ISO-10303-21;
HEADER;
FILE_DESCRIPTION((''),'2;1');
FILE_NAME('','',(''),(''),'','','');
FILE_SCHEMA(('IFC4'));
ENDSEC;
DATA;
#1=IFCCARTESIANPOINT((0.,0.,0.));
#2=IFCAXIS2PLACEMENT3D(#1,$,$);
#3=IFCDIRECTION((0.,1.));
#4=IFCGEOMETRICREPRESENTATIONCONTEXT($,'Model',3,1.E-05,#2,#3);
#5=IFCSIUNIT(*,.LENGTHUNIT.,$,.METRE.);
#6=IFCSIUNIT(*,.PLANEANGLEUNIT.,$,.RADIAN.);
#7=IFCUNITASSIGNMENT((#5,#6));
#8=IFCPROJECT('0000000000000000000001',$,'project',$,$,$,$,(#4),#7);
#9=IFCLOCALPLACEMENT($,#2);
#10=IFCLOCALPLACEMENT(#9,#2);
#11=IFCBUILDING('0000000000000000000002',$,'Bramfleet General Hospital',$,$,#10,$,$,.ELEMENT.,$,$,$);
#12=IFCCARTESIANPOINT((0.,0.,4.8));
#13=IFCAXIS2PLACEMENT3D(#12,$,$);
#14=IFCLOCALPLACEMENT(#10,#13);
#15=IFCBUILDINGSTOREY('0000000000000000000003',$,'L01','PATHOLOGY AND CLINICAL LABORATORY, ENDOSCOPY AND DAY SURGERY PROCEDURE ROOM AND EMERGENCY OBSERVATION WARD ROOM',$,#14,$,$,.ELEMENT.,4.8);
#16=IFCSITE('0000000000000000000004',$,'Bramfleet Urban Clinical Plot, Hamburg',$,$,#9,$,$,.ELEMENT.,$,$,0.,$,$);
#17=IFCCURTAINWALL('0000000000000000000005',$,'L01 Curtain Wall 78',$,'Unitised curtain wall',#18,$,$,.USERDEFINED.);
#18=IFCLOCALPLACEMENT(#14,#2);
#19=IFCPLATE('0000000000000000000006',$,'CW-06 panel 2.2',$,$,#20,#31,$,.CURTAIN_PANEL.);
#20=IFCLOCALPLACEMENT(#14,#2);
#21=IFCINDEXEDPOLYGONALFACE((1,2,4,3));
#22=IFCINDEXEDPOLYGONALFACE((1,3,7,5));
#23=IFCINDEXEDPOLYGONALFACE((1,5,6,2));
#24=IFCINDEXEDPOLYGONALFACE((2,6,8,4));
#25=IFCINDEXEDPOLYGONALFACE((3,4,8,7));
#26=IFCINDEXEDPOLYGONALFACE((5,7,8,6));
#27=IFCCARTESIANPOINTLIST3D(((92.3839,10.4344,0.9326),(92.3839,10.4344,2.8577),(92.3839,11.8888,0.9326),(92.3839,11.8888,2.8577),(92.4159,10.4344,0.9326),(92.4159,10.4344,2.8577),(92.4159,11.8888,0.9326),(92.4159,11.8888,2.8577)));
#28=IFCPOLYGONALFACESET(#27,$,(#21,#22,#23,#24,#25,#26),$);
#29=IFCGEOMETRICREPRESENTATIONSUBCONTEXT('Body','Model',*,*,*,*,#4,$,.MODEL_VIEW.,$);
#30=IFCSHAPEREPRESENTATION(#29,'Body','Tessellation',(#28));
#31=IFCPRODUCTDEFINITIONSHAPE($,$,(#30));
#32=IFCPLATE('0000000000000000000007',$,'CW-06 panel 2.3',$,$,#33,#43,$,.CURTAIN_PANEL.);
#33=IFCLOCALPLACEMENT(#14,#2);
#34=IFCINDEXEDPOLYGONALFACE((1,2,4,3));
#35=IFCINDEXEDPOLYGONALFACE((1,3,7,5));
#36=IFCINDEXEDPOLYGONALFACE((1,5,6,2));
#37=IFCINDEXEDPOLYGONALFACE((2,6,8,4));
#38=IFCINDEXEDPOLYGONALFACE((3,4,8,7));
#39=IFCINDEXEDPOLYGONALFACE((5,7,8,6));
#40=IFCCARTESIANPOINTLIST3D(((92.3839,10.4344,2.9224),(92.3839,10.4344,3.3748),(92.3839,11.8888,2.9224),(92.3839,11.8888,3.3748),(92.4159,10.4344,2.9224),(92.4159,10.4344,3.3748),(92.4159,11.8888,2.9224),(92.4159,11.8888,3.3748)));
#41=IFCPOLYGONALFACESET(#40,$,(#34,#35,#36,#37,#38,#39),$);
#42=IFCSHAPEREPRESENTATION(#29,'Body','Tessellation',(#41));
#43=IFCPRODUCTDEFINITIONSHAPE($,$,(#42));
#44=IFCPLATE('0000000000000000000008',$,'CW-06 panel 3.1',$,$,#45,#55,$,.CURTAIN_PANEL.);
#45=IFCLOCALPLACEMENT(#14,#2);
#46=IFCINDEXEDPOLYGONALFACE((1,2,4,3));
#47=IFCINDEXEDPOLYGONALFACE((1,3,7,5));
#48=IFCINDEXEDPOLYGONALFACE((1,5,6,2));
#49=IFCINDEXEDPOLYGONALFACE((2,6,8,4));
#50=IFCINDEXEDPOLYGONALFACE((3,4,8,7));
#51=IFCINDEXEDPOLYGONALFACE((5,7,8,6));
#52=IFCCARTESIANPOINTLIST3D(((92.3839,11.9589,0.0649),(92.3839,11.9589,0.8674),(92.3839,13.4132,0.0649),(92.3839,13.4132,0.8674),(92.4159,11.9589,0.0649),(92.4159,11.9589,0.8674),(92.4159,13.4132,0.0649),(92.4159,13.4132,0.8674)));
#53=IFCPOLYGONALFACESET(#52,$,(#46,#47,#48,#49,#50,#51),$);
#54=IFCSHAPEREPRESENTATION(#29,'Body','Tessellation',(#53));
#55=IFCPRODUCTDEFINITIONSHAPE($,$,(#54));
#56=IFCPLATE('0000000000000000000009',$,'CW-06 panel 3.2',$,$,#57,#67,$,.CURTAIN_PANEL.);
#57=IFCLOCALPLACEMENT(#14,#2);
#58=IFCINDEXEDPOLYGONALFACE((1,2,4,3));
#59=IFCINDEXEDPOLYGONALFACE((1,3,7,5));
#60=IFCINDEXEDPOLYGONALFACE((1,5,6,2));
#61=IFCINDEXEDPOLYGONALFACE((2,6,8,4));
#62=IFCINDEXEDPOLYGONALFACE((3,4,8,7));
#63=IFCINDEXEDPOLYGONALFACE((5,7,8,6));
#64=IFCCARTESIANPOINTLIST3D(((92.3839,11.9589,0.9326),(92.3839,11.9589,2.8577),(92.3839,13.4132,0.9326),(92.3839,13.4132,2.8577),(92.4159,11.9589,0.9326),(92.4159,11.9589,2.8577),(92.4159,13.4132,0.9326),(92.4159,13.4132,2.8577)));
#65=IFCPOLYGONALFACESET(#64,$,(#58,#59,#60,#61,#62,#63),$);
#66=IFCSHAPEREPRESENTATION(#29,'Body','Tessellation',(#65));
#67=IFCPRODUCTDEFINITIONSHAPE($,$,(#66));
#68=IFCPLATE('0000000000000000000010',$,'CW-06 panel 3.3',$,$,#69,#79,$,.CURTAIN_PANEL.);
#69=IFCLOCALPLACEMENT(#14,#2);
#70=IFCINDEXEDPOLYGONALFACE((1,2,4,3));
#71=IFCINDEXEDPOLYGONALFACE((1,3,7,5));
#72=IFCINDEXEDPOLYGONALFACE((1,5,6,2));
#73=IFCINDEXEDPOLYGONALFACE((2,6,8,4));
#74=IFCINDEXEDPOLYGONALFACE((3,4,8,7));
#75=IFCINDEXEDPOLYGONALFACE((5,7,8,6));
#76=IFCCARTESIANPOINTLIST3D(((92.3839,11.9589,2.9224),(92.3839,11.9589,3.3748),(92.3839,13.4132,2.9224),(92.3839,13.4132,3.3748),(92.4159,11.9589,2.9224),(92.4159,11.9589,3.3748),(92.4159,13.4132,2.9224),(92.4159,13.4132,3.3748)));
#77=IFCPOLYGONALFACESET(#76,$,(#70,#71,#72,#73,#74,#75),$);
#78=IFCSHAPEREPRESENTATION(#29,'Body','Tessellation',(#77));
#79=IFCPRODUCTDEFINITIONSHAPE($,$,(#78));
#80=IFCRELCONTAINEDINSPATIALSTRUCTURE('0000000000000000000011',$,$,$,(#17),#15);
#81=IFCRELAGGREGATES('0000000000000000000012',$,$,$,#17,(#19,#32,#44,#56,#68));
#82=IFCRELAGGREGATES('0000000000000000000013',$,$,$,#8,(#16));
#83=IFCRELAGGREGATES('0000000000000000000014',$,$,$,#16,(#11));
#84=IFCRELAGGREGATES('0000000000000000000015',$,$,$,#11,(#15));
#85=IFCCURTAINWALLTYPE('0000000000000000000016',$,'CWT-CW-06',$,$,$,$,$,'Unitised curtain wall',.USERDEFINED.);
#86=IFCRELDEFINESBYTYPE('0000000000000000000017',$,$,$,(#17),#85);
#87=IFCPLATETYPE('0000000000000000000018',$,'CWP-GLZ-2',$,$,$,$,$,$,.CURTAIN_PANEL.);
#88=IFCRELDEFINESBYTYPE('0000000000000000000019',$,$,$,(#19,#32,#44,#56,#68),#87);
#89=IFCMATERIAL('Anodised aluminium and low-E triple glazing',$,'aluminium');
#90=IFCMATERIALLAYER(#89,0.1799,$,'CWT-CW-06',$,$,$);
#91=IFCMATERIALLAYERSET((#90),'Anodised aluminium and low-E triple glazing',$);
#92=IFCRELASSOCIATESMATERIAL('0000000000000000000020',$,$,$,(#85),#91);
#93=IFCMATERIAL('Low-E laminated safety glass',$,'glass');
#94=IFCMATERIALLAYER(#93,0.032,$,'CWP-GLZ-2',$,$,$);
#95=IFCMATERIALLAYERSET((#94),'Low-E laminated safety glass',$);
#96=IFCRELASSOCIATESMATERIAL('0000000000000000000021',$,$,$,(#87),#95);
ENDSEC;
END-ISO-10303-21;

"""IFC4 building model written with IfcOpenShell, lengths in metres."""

from ifc_helpers import new_model, si_unit, direction, frame, origin, origin_2d, place, context, subcontext, project, spatial, rectangle, extrude, material, layer, layer_set, type_object, element, aggregate, save


model = new_model("IFC4")

# Units and contexts
model_context = context("Model", 3, precision=1e-05, world=origin(), true_north=direction((0.0, 1.0)))
body_context = subcontext(model_context, "Body", "Model", "MODEL_VIEW")
ifc_project = project(units=[si_unit("LENGTHUNIT", "METRE"), si_unit("PLANEANGLEUNIT", "RADIAN")], contexts=[model_context])

# Site, building, storey
site_placement = place(None, origin())
site = spatial("IfcSite", under=ifc_project, at=site_placement, Name="Bramfleet Urban Clinical Plot, Hamburg", CompositionType="ELEMENT", RefElevation=0.0)
building_placement = place(site_placement, origin())
building = spatial("IfcBuilding", under=site, at=building_placement, Name="Bramfleet General Hospital", CompositionType="ELEMENT")
storey_placement = place(building_placement, frame((0.0, 0.0, 4.8)))
storey = spatial("IfcBuildingStorey", under=building, at=storey_placement, Name="L01", Description="PATHOLOGY AND CLINICAL LABORATORY, ENDOSCOPY AND DAY SURGERY PROCEDURE ROOM AND EMERGENCY OBSERVATION WARD ROOM", CompositionType="ELEMENT", Elevation=4.8)

# Curtain wall, plates
ifc_material_1 = material(Name="Anodised aluminium and low-E triple glazing", Category="aluminium")
ifc_layer_1 = layer(ifc_material_1, 0.1799, Name="CWT-CW-06")
ifc_layer_set_1 = layer_set([ifc_layer_1], Name="Anodised aluminium and low-E triple glazing")
curtain_wall_type = type_object("IfcCurtainWallType", Name="CWT-CW-06", ElementType="Unitised curtain wall", PredefinedType="USERDEFINED", material=ifc_layer_set_1)
curtain_wall_placement = place(storey_placement, origin())
curtain_wall = element("IfcCurtainWall", 1, at=curtain_wall_placement, inside=storey, type_object=curtain_wall_type, Name="L01 Curtain Wall 78", ObjectType="Unitised curtain wall", PredefinedType="USERDEFINED")
ifc_material_2 = material(Name="Low-E laminated safety glass", Category="glass")
ifc_layer_2 = layer(ifc_material_2, 0.032, Name="CWP-GLZ-2")
ifc_layer_set_2 = layer_set([ifc_layer_2], Name="Low-E laminated safety glass")
plate_type = type_object("IfcPlateType", Name="CWP-GLZ-2", PredefinedType="CURTAIN_PANEL", material=ifc_layer_set_2)
plate_1_placement = place(storey_placement, frame((92.3999, 11.1616, 0.9326), z_axis=(0.0, 0.0, 1.0), x_axis=(0.0, 1.0, 0.0)))
plate_1 = element("IfcPlate", 2, at=plate_1_placement, type_object=plate_type, Name="CW-06 panel 2.2", PredefinedType="CURTAIN_PANEL", context=body_context, shape_type="SweptSolid", body=[
    extrude(rectangle(XDim=1.4543, YDim=0.032, at=origin_2d()), origin(), (0.0, 0.0, 1.0), 1.925),
])
plate_2_placement = place(storey_placement, frame((92.3999, 11.1616, 2.9224), z_axis=(0.0, 0.0, 1.0), x_axis=(0.0, 1.0, 0.0)))
plate_2 = element("IfcPlate", 3, at=plate_2_placement, type_object=plate_type, Name="CW-06 panel 2.3", PredefinedType="CURTAIN_PANEL", context=body_context, shape_type="SweptSolid", body=[
    extrude(rectangle(XDim=1.4543, YDim=0.032, at=origin_2d()), origin(), (0.0, 0.0, 1.0), 0.4524),
])
plate_3_placement = place(storey_placement, frame((92.3999, 12.686, 0.0649), z_axis=(0.0, 0.0, 1.0), x_axis=(0.0, 1.0, 0.0)))
plate_3 = element("IfcPlate", 4, at=plate_3_placement, type_object=plate_type, Name="CW-06 panel 3.1", PredefinedType="CURTAIN_PANEL", context=body_context, shape_type="SweptSolid", body=[
    extrude(rectangle(XDim=1.4543, YDim=0.032, at=origin_2d()), origin(), (0.0, 0.0, 1.0), 0.8025),
])
plate_4_placement = place(storey_placement, frame((92.3999, 12.686, 0.9326), z_axis=(0.0, 0.0, 1.0), x_axis=(0.0, 1.0, 0.0)))
plate_4 = element("IfcPlate", 5, at=plate_4_placement, type_object=plate_type, Name="CW-06 panel 3.2", PredefinedType="CURTAIN_PANEL", context=body_context, shape_type="SweptSolid", body=[
    extrude(rectangle(XDim=1.4543, YDim=0.032, at=origin_2d()), origin(), (0.0, 0.0, 1.0), 1.925),
])
plate_5_placement = place(storey_placement, frame((92.3999, 12.686, 2.9224), z_axis=(0.0, 0.0, 1.0), x_axis=(0.0, 1.0, 0.0)))
plate_5 = element("IfcPlate", 6, at=plate_5_placement, type_object=plate_type, Name="CW-06 panel 3.3", PredefinedType="CURTAIN_PANEL", context=body_context, shape_type="SweptSolid", body=[
    extrude(rectangle(XDim=1.4543, YDim=0.032, at=origin_2d()), origin(), (0.0, 0.0, 1.0), 0.4524),
])
aggregate(curtain_wall, [plate_1, plate_2, plate_3, plate_4, plate_5])

save(model, "model.ifc")
